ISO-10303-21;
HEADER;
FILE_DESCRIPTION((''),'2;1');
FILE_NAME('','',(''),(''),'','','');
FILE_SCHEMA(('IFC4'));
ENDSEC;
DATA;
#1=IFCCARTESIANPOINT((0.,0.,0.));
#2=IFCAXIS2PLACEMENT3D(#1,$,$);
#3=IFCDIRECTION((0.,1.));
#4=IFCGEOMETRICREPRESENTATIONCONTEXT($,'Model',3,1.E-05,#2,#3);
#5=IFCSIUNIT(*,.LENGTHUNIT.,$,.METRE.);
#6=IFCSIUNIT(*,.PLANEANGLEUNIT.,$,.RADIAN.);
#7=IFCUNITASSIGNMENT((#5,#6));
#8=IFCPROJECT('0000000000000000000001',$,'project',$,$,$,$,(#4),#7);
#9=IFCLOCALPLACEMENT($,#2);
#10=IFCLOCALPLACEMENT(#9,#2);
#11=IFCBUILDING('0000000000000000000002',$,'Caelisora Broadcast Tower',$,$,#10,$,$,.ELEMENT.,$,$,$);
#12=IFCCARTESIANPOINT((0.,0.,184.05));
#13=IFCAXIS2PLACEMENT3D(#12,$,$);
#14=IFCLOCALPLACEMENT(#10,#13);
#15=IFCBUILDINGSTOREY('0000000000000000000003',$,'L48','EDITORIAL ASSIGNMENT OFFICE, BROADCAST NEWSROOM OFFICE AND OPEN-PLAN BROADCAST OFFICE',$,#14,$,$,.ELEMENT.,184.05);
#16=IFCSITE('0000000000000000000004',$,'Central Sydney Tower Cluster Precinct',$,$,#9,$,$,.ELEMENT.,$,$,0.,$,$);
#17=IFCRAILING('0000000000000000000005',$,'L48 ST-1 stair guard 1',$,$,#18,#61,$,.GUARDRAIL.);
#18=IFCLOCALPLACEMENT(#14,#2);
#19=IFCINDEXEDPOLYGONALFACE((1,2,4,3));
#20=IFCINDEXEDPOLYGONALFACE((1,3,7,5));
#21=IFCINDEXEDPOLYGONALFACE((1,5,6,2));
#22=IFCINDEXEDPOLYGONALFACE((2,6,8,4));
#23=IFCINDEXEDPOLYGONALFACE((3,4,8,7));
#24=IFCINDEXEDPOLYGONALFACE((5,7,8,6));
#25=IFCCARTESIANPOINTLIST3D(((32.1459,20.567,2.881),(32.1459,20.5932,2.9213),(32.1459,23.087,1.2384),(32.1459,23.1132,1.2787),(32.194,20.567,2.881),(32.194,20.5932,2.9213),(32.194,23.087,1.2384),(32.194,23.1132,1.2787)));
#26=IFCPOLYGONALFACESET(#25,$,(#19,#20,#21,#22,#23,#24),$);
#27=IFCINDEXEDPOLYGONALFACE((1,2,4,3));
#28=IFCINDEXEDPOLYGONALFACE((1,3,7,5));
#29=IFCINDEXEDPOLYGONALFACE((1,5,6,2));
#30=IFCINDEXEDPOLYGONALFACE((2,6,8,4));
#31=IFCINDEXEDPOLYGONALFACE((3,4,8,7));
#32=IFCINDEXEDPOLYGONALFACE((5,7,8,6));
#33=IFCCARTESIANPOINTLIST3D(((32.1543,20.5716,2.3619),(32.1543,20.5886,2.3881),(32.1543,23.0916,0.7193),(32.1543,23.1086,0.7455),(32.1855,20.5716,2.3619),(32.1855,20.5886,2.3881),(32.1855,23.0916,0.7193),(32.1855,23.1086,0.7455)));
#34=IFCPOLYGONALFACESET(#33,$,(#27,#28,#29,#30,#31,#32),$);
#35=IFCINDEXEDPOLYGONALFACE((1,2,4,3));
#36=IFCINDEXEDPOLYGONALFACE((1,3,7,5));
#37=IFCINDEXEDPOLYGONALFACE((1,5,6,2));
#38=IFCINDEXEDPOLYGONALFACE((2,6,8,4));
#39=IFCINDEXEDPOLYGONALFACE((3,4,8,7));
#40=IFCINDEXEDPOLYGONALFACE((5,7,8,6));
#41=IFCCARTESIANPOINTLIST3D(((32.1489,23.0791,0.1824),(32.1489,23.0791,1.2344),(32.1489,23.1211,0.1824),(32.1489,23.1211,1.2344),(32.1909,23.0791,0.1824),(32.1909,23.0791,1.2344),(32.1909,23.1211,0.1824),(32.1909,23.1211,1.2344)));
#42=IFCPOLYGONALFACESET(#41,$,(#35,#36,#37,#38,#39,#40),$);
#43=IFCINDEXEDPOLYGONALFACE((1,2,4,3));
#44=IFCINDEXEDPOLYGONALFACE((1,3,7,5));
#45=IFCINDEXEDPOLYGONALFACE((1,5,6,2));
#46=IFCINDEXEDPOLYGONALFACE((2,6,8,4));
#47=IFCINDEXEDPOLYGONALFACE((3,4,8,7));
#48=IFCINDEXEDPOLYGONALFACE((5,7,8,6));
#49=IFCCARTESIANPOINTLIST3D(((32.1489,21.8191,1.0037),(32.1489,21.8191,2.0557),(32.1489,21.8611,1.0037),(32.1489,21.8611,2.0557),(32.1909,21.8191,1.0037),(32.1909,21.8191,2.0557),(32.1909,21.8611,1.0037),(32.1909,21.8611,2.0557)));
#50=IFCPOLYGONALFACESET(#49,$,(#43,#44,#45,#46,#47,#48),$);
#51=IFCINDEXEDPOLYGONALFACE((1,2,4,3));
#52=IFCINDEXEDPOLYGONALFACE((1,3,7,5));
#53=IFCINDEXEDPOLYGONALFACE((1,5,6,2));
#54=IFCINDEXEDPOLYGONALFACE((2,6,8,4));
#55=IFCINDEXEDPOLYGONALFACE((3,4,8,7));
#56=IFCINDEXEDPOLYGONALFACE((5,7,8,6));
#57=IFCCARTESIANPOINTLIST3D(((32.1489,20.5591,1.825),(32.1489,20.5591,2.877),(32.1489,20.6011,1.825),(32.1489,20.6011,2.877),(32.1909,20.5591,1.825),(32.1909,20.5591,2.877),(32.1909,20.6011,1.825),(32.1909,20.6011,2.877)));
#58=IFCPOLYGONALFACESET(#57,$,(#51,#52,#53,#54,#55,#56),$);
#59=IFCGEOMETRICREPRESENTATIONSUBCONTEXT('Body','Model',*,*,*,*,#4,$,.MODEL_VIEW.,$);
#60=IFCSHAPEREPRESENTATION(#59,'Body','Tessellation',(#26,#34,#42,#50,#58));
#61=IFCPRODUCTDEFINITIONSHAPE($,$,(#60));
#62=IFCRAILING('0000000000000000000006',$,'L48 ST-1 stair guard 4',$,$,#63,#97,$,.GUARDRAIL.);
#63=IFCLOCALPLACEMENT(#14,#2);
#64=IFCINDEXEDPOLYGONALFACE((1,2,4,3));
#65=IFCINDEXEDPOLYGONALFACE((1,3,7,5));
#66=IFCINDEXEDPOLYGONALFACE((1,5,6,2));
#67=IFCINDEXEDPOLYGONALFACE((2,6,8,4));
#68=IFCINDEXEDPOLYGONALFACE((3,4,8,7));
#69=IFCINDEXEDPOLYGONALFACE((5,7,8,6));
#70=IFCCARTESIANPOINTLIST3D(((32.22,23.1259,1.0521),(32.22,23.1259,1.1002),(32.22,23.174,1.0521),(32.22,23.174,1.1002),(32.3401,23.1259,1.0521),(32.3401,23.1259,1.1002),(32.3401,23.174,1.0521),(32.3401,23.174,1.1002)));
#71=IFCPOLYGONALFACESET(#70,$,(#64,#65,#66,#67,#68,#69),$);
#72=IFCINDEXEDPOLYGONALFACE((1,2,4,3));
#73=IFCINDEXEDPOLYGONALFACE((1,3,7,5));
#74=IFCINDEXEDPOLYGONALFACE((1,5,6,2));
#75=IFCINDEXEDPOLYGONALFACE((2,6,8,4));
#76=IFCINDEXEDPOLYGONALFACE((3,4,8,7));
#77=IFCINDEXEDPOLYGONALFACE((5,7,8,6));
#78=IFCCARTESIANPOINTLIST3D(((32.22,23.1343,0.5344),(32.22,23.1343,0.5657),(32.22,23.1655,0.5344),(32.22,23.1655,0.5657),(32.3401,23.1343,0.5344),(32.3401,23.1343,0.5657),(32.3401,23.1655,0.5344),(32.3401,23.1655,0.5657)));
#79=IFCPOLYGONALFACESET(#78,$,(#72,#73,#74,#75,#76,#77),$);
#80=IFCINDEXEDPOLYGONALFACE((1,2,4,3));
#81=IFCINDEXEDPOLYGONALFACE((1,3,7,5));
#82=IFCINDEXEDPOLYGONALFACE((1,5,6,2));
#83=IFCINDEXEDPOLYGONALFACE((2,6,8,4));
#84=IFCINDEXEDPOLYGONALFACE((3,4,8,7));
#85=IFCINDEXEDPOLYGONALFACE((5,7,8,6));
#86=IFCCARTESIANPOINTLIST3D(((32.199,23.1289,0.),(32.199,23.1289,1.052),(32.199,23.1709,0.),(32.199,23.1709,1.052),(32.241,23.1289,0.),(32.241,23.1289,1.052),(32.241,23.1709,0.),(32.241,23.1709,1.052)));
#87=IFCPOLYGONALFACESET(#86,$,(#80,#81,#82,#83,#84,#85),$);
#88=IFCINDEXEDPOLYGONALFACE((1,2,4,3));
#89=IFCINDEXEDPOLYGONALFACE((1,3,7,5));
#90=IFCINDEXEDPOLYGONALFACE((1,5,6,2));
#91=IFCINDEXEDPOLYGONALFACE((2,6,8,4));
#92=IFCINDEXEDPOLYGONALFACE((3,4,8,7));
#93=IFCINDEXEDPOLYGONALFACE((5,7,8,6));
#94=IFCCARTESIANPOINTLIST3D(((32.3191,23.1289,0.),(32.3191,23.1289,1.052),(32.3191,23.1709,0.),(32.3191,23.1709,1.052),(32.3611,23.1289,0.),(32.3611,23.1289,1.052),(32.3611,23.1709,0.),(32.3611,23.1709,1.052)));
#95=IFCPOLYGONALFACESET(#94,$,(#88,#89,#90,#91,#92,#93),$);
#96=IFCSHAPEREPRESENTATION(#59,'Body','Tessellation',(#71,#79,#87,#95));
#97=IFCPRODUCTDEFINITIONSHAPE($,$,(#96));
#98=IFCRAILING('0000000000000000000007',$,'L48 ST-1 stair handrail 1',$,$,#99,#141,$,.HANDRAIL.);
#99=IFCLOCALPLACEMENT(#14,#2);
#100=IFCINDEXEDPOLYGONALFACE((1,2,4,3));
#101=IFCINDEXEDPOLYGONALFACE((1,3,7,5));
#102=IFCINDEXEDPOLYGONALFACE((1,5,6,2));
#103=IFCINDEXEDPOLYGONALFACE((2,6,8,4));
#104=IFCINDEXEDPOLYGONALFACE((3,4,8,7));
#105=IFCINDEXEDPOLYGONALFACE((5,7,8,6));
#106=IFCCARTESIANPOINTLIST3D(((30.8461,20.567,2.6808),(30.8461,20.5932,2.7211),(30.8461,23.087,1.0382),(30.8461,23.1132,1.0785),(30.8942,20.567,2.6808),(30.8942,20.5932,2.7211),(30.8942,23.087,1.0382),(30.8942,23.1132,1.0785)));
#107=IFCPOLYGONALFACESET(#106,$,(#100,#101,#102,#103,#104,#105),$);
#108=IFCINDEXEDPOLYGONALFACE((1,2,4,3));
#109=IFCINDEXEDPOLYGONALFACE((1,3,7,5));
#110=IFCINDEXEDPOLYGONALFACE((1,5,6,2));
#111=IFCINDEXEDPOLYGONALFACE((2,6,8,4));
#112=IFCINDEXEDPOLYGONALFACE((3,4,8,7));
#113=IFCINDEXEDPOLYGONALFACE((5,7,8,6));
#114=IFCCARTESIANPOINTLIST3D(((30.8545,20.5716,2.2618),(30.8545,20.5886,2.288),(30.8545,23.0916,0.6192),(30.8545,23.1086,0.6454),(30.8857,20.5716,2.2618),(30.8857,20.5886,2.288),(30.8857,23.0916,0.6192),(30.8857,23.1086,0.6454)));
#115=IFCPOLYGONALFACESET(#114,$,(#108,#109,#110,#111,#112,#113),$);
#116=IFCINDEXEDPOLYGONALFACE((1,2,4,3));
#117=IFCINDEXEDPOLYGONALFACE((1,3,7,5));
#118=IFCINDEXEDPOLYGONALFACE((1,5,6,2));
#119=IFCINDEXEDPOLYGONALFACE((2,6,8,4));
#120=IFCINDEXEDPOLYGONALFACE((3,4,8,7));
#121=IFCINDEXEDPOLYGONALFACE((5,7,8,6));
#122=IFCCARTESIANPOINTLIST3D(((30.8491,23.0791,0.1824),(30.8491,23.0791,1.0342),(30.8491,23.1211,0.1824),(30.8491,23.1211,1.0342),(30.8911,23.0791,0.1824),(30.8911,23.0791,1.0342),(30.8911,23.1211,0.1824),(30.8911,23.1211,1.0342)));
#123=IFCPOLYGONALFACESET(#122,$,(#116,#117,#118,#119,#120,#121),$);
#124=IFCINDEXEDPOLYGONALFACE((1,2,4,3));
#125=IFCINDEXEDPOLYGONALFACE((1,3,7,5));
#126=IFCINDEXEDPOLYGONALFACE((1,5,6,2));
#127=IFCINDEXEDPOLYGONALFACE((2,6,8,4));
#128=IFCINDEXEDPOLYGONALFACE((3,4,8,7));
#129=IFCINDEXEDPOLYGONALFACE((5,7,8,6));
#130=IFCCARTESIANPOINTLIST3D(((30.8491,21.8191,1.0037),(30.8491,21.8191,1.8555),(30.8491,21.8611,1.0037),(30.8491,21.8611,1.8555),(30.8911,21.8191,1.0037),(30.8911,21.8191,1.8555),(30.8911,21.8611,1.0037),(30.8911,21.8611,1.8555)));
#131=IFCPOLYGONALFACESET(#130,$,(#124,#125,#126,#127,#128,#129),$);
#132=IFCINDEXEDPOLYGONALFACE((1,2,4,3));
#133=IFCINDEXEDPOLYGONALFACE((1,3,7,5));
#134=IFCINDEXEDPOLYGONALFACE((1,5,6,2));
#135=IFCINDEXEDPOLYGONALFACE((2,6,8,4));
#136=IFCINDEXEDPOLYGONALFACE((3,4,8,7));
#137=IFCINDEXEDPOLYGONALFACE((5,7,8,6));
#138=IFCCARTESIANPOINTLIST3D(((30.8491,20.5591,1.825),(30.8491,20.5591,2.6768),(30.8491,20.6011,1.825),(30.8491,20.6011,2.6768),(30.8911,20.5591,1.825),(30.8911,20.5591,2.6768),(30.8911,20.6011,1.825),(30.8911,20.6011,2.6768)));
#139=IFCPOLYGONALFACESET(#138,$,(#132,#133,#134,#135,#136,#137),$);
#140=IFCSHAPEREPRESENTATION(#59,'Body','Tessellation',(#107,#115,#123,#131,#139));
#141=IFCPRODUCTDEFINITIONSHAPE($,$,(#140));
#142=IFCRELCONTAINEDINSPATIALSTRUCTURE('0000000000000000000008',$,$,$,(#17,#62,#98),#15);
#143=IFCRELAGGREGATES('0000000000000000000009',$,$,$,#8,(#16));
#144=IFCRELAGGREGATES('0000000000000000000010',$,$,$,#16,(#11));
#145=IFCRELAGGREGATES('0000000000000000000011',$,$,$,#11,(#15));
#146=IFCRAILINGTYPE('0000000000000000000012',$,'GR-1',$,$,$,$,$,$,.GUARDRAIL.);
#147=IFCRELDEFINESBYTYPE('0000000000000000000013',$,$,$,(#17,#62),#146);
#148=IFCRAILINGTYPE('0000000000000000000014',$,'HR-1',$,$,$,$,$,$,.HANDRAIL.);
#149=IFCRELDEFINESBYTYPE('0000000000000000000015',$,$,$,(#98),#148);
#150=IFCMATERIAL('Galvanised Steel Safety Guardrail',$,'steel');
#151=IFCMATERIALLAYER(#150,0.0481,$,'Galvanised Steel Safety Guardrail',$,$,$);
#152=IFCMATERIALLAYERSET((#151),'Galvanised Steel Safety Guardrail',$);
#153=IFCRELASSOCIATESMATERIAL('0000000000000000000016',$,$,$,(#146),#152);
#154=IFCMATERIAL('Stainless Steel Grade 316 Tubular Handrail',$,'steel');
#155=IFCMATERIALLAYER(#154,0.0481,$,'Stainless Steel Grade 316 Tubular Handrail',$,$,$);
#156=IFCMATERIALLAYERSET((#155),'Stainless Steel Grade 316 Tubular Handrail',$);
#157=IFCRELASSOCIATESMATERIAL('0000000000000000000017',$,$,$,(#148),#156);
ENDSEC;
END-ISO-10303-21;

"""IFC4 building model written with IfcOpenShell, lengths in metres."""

from ifc_helpers import new_model, si_unit, direction, frame, origin, origin_2d, place, context, subcontext, project, spatial, rectangle, extrude, material, layer, layer_set, type_object, element, save


model = new_model("IFC4")

# Units and contexts
model_context = context("Model", 3, precision=1e-05, world=origin(), true_north=direction((0.0, 1.0)))
body_context = subcontext(model_context, "Body", "Model", "MODEL_VIEW")
ifc_project = project(units=[si_unit("LENGTHUNIT", "METRE"), si_unit("PLANEANGLEUNIT", "RADIAN")], contexts=[model_context])

# Site, building, storey
site_placement = place(None, origin())
site = spatial("IfcSite", under=ifc_project, at=site_placement, Name="Central Sydney Tower Cluster Precinct", CompositionType="ELEMENT", RefElevation=0.0)
building_placement = place(site_placement, origin())
building = spatial("IfcBuilding", under=site, at=building_placement, Name="Caelisora Broadcast Tower", CompositionType="ELEMENT")
storey_placement = place(building_placement, frame((0.0, 0.0, 184.05)))
storey = spatial("IfcBuildingStorey", under=building, at=storey_placement, Name="L48", Description="EDITORIAL ASSIGNMENT OFFICE, BROADCAST NEWSROOM OFFICE AND OPEN-PLAN BROADCAST OFFICE", CompositionType="ELEMENT", Elevation=184.05)

# Railings
ifc_material_1 = material(Name="Galvanised Steel Safety Guardrail", Category="steel")
ifc_layer_1 = layer(ifc_material_1, 0.0481, Name="Galvanised Steel Safety Guardrail")
ifc_layer_set_1 = layer_set([ifc_layer_1], Name="Galvanised Steel Safety Guardrail")
railing_type_1 = type_object("IfcRailingType", Name="GR-1", PredefinedType="GUARDRAIL", material=ifc_layer_set_1)
railing_1_placement = place(storey_placement, frame((32.1699, 23.1001, 0.1824)))
element("IfcRailing", 1, at=railing_1_placement, inside=storey, type_object=railing_type_1, Name="L48 ST-1 stair guard 1", PredefinedType="GUARDRAIL", context=body_context, shape_type="SweptSolid", body=[
    extrude(rectangle(XDim=0.0481, YDim=0.0481, at=origin_2d()), frame((0.0, 0.0, 1.0762), z_axis=(0.0, -0.837749, 0.546055), x_axis=(1.0, 0.0, 0.0)), (0.0, 0.0, 1.0), 3.0081),
    extrude(rectangle(XDim=0.0312, YDim=0.0312, at=origin_2d()), frame((0.0, 0.0, 0.55), z_axis=(0.0, -0.837749, 0.546055), x_axis=(1.0, 0.0, 0.0)), (0.0, 0.0, 1.0), 3.0081),
    extrude(rectangle(XDim=0.042, YDim=0.042, at=origin_2d()), origin(), (0.0, 0.0, 1.0), 1.052),
    extrude(rectangle(XDim=0.042, YDim=0.042, at=origin_2d()), frame((0.0, -1.26, 0.8213)), (0.0, 0.0, 1.0), 1.052),
    extrude(rectangle(XDim=0.042, YDim=0.042, at=origin_2d()), frame((0.0, -2.52, 1.6426)), (0.0, 0.0, 1.0), 1.052),
])
railing_2_placement = place(storey_placement, frame((32.22, 23.1499, 0.0)))
element("IfcRailing", 2, at=railing_2_placement, inside=storey, type_object=railing_type_1, Name="L48 ST-1 stair guard 4", PredefinedType="GUARDRAIL", context=body_context, shape_type="SweptSolid", body=[
    extrude(rectangle(XDim=0.0481, YDim=0.0481, at=origin_2d()), frame((0.0, 0.0, 1.0762), z_axis=(1.0, 0.0, 0.0), x_axis=(0.0, 1.0, 0.0)), (0.0, 0.0, 1.0), 0.1201),
    extrude(rectangle(XDim=0.0312, YDim=0.0312, at=origin_2d()), frame((0.0, 0.0, 0.55), z_axis=(1.0, 0.0, 0.0), x_axis=(0.0, 1.0, 0.0)), (0.0, 0.0, 1.0), 0.1201),
    extrude(rectangle(XDim=0.042, YDim=0.042, at=origin_2d()), origin(), (0.0, 0.0, 1.0), 1.052),
    extrude(rectangle(XDim=0.042, YDim=0.042, at=origin_2d()), frame((0.1201, 0.0, 0.0)), (0.0, 0.0, 1.0), 1.052),
])
ifc_material_2 = material(Name="Stainless Steel Grade 316 Tubular Handrail", Category="steel")
ifc_layer_2 = layer(ifc_material_2, 0.0481, Name="Stainless Steel Grade 316 Tubular Handrail")
ifc_layer_set_2 = layer_set([ifc_layer_2], Name="Stainless Steel Grade 316 Tubular Handrail")
railing_type_2 = type_object("IfcRailingType", Name="HR-1", PredefinedType="HANDRAIL", material=ifc_layer_set_2)
railing_3_placement = place(storey_placement, frame((30.8701, 23.1001, 0.1824)))
element("IfcRailing", 3, at=railing_3_placement, inside=storey, type_object=railing_type_2, Name="L48 ST-1 stair handrail 1", PredefinedType="HANDRAIL", context=body_context, shape_type="SweptSolid", body=[
    extrude(rectangle(XDim=0.0481, YDim=0.0481, at=origin_2d()), frame((0.0, 0.0, 0.876), z_axis=(0.0, -0.837749, 0.546055), x_axis=(1.0, 0.0, 0.0)), (0.0, 0.0, 1.0), 3.0081),
    extrude(rectangle(XDim=0.0312, YDim=0.0312, at=origin_2d()), frame((0.0, 0.0, 0.45), z_axis=(0.0, -0.837749, 0.546055), x_axis=(1.0, 0.0, 0.0)), (0.0, 0.0, 1.0), 3.0081),
    extrude(rectangle(XDim=0.042, YDim=0.042, at=origin_2d()), origin(), (0.0, 0.0, 1.0), 0.8518),
    extrude(rectangle(XDim=0.042, YDim=0.042, at=origin_2d()), frame((0.0, -1.26, 0.8213)), (0.0, 0.0, 1.0), 0.8518),
    extrude(rectangle(XDim=0.042, YDim=0.042, at=origin_2d()), frame((0.0, -2.52, 1.6426)), (0.0, 0.0, 1.0), 0.8518),
])

save(model, "model.ifc")
